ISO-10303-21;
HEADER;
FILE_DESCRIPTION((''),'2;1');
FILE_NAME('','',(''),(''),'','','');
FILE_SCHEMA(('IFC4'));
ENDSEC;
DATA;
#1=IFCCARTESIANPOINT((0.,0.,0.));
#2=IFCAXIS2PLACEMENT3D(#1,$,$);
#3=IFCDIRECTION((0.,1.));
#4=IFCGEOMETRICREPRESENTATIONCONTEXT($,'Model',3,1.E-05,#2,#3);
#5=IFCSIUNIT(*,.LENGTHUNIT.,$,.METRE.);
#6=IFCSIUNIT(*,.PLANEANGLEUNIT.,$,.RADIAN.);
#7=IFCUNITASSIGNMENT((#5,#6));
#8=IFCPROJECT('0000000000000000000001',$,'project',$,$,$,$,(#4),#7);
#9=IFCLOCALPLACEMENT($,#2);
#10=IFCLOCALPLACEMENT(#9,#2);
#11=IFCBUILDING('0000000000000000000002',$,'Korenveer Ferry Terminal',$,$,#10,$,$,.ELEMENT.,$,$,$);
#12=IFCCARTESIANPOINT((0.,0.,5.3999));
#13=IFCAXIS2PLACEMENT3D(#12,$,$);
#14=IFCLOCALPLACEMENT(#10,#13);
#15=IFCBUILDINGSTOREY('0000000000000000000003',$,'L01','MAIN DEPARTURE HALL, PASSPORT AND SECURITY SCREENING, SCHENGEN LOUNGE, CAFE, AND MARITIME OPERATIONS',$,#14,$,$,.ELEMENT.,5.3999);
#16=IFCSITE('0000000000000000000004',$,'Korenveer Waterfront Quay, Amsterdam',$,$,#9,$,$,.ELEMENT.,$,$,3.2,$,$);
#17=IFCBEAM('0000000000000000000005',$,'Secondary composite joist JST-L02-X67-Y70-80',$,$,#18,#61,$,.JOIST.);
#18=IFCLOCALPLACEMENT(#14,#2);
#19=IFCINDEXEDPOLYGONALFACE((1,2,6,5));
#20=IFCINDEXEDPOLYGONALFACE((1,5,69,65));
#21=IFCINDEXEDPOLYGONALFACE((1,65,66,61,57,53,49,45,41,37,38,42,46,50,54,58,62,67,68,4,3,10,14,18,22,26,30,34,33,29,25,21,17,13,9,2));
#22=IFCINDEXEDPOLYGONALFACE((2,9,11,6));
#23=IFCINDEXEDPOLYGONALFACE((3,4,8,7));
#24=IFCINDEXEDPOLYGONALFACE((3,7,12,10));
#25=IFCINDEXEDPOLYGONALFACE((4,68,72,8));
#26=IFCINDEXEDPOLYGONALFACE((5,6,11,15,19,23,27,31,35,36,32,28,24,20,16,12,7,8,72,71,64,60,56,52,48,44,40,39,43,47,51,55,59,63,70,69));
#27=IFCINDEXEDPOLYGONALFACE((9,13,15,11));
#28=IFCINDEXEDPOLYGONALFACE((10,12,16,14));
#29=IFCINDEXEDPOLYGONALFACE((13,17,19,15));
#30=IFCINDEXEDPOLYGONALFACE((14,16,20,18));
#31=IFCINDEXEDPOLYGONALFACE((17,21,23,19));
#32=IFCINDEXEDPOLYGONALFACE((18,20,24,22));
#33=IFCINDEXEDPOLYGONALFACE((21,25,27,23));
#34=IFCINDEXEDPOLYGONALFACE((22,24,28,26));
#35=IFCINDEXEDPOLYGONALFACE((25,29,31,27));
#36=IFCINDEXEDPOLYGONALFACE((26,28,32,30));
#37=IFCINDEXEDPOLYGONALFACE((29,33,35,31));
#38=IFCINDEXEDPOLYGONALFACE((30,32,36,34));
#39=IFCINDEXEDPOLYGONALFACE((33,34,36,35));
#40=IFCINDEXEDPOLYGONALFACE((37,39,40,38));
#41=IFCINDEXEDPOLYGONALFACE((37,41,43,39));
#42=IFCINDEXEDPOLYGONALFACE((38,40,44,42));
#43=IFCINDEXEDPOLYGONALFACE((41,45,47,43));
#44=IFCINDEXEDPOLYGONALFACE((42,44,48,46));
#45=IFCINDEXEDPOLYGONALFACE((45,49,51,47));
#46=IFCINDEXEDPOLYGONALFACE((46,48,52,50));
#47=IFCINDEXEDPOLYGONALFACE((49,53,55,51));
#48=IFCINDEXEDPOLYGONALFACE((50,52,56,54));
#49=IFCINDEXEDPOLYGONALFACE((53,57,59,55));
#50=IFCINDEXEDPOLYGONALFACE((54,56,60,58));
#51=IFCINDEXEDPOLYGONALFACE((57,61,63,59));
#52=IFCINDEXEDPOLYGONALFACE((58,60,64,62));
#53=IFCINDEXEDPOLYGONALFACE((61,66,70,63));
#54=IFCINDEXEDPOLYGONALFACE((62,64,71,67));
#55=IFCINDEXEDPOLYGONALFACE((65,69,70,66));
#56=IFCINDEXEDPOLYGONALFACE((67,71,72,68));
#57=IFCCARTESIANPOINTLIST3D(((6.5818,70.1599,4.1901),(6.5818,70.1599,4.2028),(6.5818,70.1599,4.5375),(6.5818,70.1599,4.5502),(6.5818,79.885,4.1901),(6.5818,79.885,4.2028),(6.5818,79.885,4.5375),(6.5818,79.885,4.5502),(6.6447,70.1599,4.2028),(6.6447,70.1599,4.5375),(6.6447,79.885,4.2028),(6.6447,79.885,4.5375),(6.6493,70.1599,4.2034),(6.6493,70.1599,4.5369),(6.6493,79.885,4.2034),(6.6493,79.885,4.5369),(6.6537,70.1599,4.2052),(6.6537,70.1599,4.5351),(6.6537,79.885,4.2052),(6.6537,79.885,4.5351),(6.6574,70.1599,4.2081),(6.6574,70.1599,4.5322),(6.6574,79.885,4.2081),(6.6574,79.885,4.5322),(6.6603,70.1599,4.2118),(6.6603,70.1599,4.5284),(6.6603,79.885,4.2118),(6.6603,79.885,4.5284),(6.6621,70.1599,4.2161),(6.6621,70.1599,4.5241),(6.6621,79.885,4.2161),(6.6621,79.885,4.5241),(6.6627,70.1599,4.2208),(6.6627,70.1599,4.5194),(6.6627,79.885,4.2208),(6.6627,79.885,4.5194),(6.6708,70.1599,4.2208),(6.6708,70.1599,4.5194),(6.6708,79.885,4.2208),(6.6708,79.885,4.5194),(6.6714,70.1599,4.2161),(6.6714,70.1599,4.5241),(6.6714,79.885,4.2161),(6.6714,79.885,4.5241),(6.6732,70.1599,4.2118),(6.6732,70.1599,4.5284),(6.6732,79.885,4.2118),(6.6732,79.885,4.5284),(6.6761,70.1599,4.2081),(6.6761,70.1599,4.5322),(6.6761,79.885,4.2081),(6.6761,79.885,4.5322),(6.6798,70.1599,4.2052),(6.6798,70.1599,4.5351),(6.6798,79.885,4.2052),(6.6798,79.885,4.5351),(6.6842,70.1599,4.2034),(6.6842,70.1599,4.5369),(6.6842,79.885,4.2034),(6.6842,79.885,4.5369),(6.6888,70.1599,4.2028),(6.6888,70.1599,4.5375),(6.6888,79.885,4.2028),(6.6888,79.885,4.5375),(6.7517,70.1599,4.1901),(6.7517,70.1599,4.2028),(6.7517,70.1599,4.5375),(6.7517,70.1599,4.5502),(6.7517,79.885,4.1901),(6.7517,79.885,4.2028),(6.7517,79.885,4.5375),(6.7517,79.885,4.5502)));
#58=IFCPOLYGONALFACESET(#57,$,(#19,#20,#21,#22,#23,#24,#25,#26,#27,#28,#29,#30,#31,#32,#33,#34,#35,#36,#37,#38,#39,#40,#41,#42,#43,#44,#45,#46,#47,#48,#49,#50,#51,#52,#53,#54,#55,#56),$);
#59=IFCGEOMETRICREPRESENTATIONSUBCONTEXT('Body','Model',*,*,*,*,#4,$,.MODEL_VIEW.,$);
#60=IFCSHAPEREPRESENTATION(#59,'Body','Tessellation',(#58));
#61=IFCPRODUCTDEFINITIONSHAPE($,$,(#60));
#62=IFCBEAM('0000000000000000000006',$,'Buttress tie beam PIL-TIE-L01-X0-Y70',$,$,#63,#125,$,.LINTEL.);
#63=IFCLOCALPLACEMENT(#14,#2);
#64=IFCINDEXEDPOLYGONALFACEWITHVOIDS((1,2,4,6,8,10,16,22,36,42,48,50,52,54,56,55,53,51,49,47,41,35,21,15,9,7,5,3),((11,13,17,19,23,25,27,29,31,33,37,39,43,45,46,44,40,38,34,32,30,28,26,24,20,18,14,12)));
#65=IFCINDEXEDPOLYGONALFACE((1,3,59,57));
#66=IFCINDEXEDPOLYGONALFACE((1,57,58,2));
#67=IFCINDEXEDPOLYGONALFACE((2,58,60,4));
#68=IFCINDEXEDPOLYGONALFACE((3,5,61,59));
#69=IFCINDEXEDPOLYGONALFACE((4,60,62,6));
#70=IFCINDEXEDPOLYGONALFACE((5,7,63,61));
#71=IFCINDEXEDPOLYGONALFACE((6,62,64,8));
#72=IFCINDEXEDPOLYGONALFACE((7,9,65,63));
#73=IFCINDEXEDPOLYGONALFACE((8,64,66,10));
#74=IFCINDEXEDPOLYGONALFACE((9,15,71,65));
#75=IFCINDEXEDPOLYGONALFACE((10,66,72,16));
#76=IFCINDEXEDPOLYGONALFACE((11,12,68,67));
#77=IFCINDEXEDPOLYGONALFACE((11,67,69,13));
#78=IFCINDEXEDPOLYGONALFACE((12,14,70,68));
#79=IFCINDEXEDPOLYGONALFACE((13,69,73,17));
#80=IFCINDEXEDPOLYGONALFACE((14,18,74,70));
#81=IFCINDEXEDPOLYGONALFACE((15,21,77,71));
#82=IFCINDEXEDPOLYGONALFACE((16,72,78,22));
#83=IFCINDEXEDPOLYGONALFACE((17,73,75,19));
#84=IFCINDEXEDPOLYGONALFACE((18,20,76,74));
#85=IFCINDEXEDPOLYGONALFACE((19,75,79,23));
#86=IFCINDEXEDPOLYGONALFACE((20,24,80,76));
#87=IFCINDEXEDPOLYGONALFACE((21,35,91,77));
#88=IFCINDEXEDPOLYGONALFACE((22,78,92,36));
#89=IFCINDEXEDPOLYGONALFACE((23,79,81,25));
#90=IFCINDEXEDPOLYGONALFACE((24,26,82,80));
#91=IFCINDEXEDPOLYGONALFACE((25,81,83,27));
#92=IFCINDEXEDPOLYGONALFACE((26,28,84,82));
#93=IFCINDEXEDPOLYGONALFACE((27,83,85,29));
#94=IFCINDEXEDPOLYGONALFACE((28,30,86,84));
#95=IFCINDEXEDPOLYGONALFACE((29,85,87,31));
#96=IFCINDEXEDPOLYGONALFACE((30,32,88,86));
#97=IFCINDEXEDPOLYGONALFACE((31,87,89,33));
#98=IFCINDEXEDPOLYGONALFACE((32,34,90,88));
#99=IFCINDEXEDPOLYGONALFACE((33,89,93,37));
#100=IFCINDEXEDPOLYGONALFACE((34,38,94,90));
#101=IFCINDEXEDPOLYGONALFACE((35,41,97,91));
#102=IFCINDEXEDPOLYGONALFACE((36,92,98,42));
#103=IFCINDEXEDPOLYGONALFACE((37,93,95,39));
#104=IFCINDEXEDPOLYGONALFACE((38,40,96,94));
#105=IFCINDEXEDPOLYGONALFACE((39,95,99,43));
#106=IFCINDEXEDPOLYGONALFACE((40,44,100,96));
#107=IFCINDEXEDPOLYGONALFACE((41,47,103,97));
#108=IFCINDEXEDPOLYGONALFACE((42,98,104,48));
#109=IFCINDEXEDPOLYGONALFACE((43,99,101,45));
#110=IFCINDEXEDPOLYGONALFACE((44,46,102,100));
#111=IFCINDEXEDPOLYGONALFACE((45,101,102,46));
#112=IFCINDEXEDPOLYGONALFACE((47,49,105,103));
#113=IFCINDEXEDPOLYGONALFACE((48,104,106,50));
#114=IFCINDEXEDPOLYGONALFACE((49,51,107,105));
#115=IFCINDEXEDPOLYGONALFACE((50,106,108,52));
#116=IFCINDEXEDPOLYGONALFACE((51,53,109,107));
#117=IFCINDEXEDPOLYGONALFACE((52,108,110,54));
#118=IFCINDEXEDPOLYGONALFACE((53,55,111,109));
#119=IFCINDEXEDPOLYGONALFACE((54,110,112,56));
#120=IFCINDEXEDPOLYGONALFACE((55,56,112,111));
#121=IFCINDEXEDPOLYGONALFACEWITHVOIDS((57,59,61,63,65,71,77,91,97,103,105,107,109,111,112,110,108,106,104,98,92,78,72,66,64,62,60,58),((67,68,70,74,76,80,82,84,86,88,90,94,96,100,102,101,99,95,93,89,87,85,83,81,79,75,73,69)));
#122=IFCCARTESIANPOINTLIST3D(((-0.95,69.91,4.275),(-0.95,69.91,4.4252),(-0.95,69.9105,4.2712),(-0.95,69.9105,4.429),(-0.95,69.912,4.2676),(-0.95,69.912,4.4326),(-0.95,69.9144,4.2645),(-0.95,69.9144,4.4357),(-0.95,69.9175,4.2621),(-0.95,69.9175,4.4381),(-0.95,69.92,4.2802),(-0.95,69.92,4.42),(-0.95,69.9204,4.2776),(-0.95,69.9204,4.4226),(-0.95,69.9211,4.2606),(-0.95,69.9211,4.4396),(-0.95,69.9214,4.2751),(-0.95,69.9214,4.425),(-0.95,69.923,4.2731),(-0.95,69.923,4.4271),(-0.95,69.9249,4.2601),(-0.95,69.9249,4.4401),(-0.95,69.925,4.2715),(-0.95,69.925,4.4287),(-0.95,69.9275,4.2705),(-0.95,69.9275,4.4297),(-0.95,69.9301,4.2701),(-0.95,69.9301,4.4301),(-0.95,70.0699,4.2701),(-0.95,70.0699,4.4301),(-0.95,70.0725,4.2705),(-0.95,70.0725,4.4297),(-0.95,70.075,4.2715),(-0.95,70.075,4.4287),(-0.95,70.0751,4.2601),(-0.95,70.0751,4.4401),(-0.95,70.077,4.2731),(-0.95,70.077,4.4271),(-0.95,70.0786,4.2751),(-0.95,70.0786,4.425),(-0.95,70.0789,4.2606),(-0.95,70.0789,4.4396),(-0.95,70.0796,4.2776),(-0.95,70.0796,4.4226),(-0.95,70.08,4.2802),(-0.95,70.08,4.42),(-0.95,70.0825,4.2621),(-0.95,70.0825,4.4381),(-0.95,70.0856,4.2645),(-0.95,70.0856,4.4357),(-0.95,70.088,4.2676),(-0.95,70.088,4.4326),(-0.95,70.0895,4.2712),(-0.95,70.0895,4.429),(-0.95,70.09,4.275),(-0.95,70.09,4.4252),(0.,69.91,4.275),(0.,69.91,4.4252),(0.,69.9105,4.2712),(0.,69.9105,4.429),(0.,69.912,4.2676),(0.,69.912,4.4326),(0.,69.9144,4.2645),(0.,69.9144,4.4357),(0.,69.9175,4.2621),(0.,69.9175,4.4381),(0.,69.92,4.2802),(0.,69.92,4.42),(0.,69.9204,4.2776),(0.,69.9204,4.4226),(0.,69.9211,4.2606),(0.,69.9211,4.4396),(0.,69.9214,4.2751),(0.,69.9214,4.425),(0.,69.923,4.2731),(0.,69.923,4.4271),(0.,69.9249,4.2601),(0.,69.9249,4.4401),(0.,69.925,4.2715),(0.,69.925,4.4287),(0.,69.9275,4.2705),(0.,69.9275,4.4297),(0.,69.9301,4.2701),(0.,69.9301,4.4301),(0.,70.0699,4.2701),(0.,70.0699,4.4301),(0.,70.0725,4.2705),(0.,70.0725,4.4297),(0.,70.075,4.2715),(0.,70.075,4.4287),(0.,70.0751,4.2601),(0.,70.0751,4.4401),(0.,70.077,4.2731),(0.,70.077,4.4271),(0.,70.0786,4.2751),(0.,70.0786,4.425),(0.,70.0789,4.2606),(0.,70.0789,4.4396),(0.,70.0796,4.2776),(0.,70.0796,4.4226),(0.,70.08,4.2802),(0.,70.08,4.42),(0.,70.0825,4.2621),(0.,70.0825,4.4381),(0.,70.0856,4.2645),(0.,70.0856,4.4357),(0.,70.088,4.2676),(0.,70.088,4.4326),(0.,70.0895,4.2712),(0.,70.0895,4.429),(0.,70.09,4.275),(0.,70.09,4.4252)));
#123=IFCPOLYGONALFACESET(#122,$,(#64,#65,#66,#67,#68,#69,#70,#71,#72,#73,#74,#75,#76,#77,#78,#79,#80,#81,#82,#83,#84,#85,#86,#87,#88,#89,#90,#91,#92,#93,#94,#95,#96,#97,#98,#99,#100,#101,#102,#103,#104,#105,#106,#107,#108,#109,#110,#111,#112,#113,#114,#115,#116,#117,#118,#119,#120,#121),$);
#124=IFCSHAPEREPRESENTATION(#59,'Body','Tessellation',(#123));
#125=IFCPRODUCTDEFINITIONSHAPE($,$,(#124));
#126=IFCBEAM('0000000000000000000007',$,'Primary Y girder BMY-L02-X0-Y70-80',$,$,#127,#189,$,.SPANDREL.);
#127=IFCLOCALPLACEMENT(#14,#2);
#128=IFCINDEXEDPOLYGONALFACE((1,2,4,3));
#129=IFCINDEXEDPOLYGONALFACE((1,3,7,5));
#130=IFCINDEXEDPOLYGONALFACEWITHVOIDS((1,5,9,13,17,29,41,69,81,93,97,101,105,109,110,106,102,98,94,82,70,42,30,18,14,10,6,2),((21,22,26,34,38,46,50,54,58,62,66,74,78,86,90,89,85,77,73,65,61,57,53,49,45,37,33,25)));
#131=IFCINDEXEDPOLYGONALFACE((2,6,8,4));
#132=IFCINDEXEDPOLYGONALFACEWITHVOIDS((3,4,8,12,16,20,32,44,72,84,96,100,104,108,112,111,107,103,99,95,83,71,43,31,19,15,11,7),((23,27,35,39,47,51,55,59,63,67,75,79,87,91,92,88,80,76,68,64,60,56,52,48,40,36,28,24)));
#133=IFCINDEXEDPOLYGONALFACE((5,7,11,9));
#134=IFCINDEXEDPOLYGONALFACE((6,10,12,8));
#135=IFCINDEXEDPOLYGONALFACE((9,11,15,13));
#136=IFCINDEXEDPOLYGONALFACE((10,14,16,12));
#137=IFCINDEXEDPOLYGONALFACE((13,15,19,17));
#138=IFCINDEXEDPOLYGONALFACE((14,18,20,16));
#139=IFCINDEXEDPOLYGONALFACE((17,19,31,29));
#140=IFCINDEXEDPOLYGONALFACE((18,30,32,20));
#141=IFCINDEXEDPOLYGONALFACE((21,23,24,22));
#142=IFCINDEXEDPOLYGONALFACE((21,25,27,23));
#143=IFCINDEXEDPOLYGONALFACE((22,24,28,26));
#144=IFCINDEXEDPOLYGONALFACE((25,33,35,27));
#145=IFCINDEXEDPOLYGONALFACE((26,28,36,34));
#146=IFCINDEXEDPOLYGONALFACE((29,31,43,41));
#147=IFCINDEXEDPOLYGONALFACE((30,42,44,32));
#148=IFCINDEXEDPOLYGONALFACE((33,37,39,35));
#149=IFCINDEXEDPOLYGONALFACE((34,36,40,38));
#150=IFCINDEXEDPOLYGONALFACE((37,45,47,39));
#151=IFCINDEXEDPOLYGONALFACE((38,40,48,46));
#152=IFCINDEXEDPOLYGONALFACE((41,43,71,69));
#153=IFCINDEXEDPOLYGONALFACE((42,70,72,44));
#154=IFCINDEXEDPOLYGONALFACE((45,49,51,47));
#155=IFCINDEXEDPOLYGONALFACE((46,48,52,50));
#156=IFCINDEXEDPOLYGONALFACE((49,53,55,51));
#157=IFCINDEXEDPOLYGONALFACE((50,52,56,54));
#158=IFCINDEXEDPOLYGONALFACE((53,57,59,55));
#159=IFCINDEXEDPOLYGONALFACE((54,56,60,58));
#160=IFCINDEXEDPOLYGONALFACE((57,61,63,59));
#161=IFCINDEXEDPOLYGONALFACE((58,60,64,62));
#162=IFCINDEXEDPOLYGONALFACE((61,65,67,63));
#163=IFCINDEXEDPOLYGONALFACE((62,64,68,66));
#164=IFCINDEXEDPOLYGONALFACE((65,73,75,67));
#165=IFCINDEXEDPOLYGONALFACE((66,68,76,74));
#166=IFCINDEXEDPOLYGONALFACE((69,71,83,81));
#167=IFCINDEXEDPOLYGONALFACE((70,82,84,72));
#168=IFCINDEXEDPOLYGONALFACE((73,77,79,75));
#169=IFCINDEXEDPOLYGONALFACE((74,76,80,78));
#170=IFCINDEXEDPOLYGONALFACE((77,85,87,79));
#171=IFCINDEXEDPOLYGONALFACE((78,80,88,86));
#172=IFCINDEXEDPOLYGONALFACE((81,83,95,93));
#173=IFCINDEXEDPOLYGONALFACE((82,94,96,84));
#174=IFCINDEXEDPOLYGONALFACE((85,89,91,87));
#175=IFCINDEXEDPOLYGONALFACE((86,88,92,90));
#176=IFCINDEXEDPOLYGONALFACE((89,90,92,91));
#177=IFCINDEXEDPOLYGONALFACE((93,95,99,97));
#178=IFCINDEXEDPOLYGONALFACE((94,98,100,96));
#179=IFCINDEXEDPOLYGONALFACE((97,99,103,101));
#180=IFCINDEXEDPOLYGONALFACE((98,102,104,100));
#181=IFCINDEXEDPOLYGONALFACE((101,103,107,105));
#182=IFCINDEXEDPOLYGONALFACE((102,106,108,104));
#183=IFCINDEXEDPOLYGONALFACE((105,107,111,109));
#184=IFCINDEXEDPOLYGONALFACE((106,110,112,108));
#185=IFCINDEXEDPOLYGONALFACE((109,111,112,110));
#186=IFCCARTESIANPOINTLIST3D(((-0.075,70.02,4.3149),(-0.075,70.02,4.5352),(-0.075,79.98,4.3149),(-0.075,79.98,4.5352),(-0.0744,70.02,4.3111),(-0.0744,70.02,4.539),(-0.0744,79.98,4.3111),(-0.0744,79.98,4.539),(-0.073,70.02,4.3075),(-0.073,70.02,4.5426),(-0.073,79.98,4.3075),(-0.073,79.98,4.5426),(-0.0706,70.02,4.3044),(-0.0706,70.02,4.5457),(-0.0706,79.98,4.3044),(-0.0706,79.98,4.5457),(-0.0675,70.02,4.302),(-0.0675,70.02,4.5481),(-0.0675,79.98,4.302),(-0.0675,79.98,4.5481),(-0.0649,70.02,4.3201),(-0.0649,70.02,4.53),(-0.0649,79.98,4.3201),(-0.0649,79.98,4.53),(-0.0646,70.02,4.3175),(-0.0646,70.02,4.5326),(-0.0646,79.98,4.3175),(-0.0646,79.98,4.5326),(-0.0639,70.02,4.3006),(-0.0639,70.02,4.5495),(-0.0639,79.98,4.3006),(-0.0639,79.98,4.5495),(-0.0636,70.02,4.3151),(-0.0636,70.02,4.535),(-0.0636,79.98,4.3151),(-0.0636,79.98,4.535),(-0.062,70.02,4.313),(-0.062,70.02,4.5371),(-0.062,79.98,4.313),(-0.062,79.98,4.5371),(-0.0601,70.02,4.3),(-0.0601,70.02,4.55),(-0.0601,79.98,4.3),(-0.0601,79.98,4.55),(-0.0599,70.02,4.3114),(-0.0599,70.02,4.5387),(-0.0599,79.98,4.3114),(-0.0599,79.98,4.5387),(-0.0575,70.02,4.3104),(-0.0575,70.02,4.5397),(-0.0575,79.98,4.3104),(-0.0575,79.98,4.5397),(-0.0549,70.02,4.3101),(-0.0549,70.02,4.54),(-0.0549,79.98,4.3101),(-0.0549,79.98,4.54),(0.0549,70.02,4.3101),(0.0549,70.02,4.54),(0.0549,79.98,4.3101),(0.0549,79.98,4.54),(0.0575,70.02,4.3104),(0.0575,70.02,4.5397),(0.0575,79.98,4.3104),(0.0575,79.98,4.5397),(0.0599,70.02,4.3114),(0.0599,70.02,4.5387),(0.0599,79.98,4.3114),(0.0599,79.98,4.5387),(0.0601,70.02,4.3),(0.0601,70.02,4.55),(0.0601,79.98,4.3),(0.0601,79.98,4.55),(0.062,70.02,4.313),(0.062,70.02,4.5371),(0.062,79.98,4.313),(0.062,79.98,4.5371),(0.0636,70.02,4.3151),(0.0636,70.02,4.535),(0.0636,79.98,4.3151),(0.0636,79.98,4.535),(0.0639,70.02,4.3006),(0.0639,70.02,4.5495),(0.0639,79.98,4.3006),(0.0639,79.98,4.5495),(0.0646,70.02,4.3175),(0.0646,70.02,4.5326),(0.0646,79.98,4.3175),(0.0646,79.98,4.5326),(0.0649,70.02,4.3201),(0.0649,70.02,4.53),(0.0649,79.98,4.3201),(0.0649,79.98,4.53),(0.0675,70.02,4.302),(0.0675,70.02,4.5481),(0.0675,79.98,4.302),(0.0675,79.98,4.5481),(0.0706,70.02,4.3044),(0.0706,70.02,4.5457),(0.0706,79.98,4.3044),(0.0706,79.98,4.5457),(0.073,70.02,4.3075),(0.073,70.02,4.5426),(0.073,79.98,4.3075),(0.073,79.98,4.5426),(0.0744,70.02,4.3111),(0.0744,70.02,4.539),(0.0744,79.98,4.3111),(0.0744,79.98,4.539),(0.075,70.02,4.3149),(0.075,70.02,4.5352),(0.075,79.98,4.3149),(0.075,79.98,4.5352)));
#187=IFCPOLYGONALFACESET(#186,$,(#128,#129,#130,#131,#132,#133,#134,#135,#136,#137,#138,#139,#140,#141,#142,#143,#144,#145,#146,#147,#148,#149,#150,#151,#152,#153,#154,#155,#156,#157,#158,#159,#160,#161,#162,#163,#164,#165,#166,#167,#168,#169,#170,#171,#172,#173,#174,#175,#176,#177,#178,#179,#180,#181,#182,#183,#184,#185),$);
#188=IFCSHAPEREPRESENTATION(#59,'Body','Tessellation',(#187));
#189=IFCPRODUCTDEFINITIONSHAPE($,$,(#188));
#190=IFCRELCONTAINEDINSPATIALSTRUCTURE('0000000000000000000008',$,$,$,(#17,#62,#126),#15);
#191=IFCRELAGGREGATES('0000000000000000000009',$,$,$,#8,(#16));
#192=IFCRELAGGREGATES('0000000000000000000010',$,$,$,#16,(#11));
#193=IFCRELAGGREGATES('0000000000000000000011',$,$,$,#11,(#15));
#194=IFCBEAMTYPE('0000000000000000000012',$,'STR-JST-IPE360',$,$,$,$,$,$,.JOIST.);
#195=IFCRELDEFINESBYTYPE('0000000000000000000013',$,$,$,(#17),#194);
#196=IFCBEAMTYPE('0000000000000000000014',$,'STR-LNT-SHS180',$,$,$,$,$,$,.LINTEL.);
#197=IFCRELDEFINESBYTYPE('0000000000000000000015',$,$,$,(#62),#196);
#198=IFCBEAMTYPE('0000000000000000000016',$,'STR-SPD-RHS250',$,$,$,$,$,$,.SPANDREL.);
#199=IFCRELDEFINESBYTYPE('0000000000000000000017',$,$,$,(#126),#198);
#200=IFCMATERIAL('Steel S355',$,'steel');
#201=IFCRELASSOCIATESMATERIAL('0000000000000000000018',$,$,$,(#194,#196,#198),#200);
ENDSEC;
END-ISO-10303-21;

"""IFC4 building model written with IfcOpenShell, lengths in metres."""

from ifc_helpers import new_model, si_unit, direction, frame, origin, origin_2d, place, context, subcontext, project, spatial, hollow_rectangle, i_section, extrude, material, material_profile, profile_set, type_object, element, save


model = new_model("IFC4")

# Units and contexts
model_context = context("Model", 3, precision=1e-05, world=origin(), true_north=direction((0.0, 1.0)))
body_context = subcontext(model_context, "Body", "Model", "MODEL_VIEW")
ifc_project = project(units=[si_unit("LENGTHUNIT", "METRE"), si_unit("PLANEANGLEUNIT", "RADIAN")], contexts=[model_context])

# Site, building, storey
site_placement = place(None, origin())
site = spatial("IfcSite", under=ifc_project, at=site_placement, Name="Korenveer Waterfront Quay, Amsterdam", CompositionType="ELEMENT", RefElevation=3.2)
building_placement = place(site_placement, origin())
building = spatial("IfcBuilding", under=site, at=building_placement, Name="Korenveer Ferry Terminal", CompositionType="ELEMENT")
storey_placement = place(building_placement, frame((0.0, 0.0, 5.3999)))
storey = spatial("IfcBuildingStorey", under=building, at=storey_placement, Name="L01", Description="MAIN DEPARTURE HALL, PASSPORT AND SECURITY SCREENING, SCHENGEN LOUNGE, CAFE, AND MARITIME OPERATIONS", CompositionType="ELEMENT", Elevation=5.3999)

# Shared definitions
ifc_material_1 = material(Name="Steel S355", Category="steel")

# Beams
ifc_material_profile_1 = material_profile(ifc_material_1, i_section(OverallWidth=0.1699, OverallDepth=0.3601, WebThickness=0.0081, FlangeThickness=0.0127, FilletRadius=0.0181, at=origin_2d()), Name="IPE 360")
ifc_profile_set_1 = profile_set([ifc_material_profile_1], Name="Steel S355")
beam_type_1 = type_object("IfcBeamType", Name="STR-JST-IPE360", PredefinedType="JOIST", material=ifc_profile_set_1)
for number, where, z_axis, x_axis, name in (
    (1, (6.6667, 70.1599, 4.3701), (0.0, 1.0, 0.0), (-1.0, 0.0, 0.0), "Secondary composite joist JST-L02-X67-Y70-80"),
):
    element("IfcBeam", number, at=place(storey_placement, frame(where, z_axis=z_axis, x_axis=x_axis)), inside=storey, type_object=beam_type_1, Name=name, PredefinedType="JOIST", context=body_context, shape_type="SweptSolid", body=[
        extrude(i_section(OverallWidth=0.1699, OverallDepth=0.3601, WebThickness=0.0081, FlangeThickness=0.0127, FilletRadius=0.0181, at=origin_2d()), origin(), (0.0, 0.0, 1.0), 9.7251),
    ])
ifc_material_profile_2 = material_profile(ifc_material_1, hollow_rectangle(XDim=0.1799, YDim=0.1799, WallThickness=0.01, InnerFilletRadius=0.01, OuterFilletRadius=0.0149, at=origin_2d()), Name="SHS 180x180x10")
ifc_profile_set_2 = profile_set([ifc_material_profile_2], Name="Steel S355")
beam_type_2 = type_object("IfcBeamType", Name="STR-LNT-SHS180", PredefinedType="LINTEL", material=ifc_profile_set_2)
beam_1_placement = place(storey_placement, frame((-0.95, 70.0, 4.3501), z_axis=(1.0, 0.0, 0.0), x_axis=(0.0, 1.0, 0.0)))
element("IfcBeam", 2, at=beam_1_placement, inside=storey, type_object=beam_type_2, Name="Buttress tie beam PIL-TIE-L01-X0-Y70", PredefinedType="LINTEL", context=body_context, shape_type="SweptSolid", body=[
    extrude(hollow_rectangle(XDim=0.1799, YDim=0.1799, WallThickness=0.01, InnerFilletRadius=0.01, OuterFilletRadius=0.0149, at=origin_2d()), origin(), (0.0, 0.0, 1.0), 0.95),
])
ifc_material_profile_3 = material_profile(ifc_material_1, hollow_rectangle(XDim=0.1499, YDim=0.25, WallThickness=0.01, InnerFilletRadius=0.01, OuterFilletRadius=0.0149, at=origin_2d()), Name="RHS 250x150x10")
ifc_profile_set_3 = profile_set([ifc_material_profile_3], Name="Steel S355")
beam_type_3 = type_object("IfcBeamType", Name="STR-SPD-RHS250", PredefinedType="SPANDREL", material=ifc_profile_set_3)
beam_2_placement = place(storey_placement, frame((0.0, 70.02, 4.425), z_axis=(0.0, 1.0, 0.0), x_axis=(-1.0, 0.0, 0.0)))
element("IfcBeam", 3, at=beam_2_placement, inside=storey, type_object=beam_type_3, Name="Primary Y girder BMY-L02-X0-Y70-80", PredefinedType="SPANDREL", context=body_context, shape_type="SweptSolid", body=[
    extrude(hollow_rectangle(XDim=0.1499, YDim=0.25, WallThickness=0.01, InnerFilletRadius=0.01, OuterFilletRadius=0.0149, at=origin_2d()), origin(), (0.0, 0.0, 1.0), 9.96),
])

save(model, "model.ifc")
